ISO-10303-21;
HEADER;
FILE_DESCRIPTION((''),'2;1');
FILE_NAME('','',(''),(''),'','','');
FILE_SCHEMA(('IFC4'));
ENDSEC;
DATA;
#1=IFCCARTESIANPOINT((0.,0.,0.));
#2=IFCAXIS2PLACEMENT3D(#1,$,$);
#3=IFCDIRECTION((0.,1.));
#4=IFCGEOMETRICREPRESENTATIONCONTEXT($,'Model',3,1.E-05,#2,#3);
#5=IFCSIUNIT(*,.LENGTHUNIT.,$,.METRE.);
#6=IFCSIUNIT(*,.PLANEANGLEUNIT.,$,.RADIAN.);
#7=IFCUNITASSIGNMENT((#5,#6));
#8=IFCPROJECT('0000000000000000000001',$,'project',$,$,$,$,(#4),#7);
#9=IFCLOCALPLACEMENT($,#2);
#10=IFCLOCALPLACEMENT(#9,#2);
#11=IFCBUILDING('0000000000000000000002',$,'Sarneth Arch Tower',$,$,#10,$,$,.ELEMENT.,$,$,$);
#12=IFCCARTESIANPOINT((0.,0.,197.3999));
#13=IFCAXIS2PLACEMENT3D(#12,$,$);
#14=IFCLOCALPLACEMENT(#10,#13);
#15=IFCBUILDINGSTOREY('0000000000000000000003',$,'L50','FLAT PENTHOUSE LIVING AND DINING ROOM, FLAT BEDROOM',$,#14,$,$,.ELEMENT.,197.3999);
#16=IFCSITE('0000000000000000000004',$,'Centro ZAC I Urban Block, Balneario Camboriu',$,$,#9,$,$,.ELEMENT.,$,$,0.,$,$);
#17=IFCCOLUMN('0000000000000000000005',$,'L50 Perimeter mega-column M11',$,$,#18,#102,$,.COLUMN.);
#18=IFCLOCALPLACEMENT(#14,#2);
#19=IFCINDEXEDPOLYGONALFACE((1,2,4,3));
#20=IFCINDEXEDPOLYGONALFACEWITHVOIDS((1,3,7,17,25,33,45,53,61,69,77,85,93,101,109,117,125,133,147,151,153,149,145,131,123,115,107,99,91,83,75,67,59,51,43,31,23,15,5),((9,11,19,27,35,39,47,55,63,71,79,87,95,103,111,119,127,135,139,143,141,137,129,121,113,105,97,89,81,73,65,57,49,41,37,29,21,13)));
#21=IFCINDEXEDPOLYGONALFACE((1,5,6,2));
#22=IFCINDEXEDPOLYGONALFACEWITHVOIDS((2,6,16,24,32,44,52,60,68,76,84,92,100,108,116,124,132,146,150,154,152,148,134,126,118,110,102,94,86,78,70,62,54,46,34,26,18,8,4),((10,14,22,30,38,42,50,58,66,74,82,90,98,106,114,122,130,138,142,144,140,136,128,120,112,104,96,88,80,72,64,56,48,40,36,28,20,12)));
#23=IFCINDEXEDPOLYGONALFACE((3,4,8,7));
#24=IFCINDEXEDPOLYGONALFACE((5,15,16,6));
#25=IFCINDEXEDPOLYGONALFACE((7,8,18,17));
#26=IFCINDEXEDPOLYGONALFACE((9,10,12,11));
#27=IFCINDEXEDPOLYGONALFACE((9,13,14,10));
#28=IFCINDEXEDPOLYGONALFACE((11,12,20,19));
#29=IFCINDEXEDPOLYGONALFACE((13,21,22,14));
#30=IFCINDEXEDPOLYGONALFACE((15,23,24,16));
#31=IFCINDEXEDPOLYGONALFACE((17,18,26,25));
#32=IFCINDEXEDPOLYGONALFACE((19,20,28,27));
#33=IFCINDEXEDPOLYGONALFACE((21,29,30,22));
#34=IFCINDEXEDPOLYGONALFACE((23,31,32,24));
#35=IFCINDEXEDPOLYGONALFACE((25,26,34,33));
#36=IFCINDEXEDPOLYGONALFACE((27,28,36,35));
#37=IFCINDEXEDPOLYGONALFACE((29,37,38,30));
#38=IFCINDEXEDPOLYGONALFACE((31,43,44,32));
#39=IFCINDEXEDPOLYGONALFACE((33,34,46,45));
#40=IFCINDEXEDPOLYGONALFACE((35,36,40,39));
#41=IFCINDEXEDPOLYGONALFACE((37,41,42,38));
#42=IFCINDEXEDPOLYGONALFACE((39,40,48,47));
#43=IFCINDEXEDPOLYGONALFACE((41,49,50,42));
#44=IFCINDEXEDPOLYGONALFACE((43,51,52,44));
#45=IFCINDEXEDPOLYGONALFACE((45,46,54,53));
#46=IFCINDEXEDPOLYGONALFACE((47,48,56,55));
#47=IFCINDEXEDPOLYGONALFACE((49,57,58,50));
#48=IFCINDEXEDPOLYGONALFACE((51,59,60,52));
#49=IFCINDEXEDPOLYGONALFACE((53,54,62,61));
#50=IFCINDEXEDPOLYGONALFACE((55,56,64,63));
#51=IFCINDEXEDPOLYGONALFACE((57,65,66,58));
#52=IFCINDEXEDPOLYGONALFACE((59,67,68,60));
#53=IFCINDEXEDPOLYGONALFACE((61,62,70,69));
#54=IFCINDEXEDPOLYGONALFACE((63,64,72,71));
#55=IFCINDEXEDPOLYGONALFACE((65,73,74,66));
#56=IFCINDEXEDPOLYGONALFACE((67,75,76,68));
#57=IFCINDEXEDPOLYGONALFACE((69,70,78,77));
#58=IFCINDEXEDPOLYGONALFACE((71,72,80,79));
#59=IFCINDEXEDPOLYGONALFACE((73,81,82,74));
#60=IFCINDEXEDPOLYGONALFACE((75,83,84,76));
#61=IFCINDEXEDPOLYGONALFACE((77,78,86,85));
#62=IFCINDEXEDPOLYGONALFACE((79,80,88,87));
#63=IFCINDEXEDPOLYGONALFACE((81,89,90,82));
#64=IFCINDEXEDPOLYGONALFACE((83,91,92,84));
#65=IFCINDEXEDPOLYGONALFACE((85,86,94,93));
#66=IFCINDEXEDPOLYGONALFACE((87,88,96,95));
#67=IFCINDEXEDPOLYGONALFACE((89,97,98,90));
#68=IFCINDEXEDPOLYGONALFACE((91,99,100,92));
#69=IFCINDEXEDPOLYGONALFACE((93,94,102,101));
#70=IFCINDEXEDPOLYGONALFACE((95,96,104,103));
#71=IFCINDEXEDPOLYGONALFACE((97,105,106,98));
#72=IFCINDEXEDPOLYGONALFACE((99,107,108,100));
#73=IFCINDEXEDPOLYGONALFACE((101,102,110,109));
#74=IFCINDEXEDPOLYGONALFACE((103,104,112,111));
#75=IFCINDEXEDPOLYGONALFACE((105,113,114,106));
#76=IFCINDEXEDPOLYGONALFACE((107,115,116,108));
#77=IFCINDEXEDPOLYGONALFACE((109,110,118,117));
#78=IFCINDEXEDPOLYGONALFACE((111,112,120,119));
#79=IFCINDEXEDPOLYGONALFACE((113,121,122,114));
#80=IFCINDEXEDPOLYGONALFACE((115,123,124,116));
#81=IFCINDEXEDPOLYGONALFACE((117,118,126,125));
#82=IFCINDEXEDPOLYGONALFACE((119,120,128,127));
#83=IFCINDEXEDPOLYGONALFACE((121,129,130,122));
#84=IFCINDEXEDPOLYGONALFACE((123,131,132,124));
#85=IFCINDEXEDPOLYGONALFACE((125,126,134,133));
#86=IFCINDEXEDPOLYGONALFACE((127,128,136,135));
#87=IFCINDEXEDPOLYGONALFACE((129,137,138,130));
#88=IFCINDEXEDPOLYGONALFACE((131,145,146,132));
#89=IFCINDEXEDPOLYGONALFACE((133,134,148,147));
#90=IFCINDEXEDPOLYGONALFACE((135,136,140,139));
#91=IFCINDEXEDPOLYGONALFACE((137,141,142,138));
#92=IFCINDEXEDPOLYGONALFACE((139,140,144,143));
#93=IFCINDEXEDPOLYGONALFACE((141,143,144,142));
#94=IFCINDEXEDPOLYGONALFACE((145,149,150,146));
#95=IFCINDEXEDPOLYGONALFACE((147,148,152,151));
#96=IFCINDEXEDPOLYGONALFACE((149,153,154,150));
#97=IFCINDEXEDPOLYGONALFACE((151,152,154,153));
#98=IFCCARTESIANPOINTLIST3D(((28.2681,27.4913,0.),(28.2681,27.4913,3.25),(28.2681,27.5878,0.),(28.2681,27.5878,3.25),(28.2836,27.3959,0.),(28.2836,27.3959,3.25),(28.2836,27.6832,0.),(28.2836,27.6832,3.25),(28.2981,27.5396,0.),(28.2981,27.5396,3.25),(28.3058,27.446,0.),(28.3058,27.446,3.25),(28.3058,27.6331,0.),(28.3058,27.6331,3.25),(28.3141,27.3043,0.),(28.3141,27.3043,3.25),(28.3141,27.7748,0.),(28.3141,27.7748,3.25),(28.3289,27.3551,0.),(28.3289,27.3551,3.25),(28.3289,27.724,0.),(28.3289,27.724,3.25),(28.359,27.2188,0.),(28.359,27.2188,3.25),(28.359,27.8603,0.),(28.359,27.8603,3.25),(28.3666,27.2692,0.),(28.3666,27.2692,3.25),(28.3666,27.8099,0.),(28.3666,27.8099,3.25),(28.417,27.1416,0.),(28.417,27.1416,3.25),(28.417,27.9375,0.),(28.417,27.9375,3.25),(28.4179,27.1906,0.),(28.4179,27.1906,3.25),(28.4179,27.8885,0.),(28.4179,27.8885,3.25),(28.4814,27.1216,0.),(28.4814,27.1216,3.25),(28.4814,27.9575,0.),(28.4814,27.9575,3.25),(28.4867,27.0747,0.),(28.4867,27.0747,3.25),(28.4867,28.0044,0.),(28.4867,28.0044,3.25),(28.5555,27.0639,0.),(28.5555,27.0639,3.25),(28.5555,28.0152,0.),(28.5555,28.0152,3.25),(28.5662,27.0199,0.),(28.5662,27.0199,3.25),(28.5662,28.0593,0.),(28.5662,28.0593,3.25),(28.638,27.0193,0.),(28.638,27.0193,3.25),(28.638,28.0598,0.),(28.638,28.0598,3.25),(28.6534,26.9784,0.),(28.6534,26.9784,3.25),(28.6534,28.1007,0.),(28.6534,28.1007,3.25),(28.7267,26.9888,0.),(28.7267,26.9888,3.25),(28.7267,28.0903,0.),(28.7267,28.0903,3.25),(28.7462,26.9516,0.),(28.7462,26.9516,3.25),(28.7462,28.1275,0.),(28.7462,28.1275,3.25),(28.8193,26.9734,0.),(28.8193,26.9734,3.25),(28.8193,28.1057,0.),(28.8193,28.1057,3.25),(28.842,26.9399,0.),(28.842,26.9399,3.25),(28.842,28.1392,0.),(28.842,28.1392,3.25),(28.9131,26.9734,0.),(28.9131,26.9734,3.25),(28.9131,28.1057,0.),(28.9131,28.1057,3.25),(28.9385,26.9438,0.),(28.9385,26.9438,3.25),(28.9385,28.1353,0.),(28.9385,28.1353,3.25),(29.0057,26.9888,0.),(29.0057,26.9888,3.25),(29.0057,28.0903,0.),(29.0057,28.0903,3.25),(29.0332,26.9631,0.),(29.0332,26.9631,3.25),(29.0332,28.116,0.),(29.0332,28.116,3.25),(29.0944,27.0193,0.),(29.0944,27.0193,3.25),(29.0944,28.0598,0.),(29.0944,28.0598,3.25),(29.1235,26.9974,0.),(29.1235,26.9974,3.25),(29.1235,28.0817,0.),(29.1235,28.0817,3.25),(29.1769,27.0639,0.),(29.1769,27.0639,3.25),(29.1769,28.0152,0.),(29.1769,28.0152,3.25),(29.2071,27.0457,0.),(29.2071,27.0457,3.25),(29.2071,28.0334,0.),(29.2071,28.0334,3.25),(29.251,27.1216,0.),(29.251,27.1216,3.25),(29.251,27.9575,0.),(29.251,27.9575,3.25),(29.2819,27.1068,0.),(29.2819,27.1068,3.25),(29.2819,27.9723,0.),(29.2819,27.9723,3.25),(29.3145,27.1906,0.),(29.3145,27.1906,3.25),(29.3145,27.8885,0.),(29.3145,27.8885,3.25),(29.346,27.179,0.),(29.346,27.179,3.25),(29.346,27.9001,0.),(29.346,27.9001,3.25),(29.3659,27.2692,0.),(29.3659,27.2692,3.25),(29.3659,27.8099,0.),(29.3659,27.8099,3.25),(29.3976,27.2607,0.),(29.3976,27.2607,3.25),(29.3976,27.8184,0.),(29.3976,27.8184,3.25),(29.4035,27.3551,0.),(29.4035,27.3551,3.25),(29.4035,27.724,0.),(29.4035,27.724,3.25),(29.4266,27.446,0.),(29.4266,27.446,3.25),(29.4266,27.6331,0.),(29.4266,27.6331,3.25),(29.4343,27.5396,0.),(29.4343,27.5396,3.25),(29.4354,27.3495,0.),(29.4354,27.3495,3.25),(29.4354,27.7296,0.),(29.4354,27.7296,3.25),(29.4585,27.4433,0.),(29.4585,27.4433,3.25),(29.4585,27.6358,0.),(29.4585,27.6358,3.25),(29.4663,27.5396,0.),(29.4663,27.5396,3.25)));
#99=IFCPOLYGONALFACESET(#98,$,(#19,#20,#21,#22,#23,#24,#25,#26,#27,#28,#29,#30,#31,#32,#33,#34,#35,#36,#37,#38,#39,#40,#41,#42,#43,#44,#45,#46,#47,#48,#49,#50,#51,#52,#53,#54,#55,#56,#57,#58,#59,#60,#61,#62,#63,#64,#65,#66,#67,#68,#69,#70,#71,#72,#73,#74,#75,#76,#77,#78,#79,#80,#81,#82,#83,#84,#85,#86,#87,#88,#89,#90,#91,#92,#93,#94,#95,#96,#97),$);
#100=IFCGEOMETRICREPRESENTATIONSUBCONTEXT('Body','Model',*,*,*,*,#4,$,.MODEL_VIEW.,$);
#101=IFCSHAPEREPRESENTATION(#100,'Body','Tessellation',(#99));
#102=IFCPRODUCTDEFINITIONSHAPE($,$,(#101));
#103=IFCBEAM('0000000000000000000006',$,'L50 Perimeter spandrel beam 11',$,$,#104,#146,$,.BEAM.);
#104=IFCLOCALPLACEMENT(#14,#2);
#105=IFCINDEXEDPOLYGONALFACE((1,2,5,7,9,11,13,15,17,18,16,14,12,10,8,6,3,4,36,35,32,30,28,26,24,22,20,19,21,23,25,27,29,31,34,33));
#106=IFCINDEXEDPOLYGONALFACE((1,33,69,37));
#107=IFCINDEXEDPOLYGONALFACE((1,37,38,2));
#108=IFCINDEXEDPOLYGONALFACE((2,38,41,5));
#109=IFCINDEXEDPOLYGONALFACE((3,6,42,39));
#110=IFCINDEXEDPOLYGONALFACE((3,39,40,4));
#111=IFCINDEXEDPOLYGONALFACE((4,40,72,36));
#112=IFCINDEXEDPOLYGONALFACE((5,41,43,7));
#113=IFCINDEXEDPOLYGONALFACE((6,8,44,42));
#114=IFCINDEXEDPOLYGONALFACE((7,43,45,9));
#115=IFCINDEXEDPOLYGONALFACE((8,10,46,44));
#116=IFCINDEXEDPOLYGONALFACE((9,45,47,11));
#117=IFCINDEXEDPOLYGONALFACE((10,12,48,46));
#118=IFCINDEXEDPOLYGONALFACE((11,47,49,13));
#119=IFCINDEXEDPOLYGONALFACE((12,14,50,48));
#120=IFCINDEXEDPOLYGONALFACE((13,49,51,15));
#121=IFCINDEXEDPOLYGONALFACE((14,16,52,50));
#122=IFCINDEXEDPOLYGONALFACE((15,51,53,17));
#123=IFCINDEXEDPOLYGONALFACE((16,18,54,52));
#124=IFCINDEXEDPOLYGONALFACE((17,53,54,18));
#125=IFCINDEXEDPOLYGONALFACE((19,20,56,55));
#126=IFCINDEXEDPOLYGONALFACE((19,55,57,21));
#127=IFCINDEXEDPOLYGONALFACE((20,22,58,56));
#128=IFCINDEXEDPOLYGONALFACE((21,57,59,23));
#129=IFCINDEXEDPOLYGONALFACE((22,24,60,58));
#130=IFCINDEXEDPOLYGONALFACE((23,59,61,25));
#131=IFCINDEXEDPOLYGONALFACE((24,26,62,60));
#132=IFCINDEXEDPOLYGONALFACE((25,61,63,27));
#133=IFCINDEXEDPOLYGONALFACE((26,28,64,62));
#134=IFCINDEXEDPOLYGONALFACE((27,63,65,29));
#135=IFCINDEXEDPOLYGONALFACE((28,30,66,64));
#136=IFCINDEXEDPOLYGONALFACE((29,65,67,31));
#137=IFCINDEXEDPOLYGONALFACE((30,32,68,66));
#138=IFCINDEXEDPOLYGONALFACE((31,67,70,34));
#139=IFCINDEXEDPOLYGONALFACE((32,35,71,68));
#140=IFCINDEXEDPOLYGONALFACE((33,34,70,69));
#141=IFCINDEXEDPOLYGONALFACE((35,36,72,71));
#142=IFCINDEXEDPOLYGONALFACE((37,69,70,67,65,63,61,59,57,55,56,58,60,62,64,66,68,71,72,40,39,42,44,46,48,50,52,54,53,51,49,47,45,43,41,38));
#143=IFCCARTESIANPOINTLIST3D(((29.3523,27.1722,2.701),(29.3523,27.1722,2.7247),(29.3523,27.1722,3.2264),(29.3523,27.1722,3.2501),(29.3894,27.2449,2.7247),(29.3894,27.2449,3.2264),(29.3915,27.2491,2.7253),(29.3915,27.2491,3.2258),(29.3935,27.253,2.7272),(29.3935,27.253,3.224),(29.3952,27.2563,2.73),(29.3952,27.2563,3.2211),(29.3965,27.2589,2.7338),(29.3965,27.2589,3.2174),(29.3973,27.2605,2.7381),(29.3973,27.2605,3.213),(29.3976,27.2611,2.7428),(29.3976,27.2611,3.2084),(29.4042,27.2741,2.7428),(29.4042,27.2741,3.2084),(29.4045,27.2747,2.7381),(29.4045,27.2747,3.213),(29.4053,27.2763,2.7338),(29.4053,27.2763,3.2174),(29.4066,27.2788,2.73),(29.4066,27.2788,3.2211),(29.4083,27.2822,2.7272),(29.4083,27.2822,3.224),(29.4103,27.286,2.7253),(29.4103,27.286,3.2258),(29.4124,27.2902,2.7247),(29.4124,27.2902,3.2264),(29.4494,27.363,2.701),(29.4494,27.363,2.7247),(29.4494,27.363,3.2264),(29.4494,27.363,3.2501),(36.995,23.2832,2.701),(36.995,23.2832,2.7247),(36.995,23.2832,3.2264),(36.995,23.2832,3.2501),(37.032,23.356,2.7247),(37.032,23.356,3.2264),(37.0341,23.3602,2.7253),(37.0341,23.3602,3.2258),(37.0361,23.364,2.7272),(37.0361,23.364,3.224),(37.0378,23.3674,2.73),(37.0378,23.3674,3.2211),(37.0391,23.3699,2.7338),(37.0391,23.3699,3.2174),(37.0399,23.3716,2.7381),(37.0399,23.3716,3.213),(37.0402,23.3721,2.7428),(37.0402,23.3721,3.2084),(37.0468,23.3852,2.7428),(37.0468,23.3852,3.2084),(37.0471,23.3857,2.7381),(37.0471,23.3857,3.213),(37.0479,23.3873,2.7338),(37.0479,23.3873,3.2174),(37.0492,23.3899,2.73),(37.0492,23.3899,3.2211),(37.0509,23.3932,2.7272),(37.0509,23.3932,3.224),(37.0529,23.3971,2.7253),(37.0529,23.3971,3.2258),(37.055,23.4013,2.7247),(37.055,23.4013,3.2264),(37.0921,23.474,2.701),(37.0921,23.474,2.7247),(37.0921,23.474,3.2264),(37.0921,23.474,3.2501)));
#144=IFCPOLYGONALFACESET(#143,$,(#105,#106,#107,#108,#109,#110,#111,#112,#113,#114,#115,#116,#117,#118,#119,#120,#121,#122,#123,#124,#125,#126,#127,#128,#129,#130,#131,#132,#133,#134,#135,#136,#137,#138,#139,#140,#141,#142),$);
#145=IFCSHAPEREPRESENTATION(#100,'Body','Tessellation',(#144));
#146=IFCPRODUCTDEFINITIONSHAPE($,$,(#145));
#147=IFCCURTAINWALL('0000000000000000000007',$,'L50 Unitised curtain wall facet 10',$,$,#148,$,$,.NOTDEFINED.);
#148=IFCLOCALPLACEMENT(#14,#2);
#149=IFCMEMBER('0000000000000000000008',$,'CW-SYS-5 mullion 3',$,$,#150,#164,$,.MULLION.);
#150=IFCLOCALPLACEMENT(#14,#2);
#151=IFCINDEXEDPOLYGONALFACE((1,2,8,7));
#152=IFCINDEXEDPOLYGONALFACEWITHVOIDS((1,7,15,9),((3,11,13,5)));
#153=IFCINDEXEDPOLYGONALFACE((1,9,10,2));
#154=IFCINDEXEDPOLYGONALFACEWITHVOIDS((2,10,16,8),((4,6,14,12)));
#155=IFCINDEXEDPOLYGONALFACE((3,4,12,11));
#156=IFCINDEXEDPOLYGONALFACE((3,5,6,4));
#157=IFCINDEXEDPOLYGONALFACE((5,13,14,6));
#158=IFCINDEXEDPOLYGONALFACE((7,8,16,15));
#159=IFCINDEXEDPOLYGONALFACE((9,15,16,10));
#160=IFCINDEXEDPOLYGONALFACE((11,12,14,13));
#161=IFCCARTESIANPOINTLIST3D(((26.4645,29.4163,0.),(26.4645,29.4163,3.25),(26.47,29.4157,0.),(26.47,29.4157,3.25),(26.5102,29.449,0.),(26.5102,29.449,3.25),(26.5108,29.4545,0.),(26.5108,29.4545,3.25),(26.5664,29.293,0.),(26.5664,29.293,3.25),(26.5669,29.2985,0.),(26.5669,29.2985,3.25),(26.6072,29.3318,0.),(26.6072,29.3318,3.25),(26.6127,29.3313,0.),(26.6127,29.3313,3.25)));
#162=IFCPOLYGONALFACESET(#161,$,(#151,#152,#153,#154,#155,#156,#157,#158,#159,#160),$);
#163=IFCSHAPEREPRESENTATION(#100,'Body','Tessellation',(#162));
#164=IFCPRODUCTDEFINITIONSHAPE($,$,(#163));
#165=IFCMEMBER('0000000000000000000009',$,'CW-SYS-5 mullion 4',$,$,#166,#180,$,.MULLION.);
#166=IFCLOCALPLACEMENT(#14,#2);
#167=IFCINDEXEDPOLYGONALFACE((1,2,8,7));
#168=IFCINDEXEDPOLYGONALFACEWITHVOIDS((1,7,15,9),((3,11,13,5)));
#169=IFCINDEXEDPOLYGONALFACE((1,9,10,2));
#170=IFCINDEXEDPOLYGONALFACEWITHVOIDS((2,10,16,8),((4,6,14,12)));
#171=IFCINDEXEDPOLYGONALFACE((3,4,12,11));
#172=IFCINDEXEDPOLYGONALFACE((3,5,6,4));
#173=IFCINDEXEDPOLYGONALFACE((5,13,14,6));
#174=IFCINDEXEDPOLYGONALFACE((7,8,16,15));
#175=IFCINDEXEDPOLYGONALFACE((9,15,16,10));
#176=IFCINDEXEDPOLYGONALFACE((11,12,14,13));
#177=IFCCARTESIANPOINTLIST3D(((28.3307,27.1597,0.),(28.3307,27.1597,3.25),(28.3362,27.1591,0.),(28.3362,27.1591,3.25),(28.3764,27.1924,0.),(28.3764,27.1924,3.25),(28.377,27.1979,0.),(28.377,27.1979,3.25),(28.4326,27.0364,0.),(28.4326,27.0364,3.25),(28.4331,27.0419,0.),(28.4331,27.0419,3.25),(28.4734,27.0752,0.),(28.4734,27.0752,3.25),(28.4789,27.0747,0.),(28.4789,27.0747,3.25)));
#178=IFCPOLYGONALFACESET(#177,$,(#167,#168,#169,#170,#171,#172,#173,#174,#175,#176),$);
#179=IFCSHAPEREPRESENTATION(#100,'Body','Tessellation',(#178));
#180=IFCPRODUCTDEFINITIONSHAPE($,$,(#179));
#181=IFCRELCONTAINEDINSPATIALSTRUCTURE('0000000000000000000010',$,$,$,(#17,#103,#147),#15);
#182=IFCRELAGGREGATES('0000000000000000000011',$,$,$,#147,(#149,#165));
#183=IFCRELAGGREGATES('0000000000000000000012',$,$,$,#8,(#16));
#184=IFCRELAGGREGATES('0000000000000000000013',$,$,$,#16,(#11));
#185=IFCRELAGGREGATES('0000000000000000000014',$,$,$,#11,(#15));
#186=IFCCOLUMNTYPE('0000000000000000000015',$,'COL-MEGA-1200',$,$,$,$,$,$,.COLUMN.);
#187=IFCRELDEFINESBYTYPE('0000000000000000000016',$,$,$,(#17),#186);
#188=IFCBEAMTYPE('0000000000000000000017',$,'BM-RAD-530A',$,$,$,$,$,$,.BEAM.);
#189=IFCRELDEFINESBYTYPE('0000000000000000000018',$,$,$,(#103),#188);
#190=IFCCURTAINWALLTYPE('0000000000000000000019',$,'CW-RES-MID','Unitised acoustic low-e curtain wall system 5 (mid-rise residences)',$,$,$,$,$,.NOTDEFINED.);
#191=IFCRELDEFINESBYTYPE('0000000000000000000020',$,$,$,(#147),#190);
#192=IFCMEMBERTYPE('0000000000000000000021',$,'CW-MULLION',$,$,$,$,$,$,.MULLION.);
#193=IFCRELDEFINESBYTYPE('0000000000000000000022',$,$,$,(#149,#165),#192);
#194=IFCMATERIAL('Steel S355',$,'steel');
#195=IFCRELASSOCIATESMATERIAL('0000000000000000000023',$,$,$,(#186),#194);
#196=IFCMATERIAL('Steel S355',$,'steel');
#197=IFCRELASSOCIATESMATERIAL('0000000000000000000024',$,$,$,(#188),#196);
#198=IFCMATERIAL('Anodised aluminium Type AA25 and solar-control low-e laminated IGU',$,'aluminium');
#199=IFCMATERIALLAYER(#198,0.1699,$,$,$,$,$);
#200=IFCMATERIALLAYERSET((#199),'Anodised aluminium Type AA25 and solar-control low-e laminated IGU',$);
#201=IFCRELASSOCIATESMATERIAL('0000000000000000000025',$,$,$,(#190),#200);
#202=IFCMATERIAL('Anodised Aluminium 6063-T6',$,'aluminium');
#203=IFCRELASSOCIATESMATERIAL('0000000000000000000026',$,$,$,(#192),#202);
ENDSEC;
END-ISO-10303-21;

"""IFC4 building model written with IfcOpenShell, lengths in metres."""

from ifc_helpers import new_model, si_unit, direction, frame, origin, origin_2d, place, context, subcontext, project, spatial, hollow_rectangle, hollow_circle, i_section, extrude, material, layer, layer_set, material_profile, profile_set, type_object, element, aggregate, save


model = new_model("IFC4")

# Units and contexts
model_context = context("Model", 3, precision=1e-05, world=origin(), true_north=direction((0.0, 1.0)))
body_context = subcontext(model_context, "Body", "Model", "MODEL_VIEW")
ifc_project = project(units=[si_unit("LENGTHUNIT", "METRE"), si_unit("PLANEANGLEUNIT", "RADIAN")], contexts=[model_context])

# Site, building, storey
site_placement = place(None, origin())
site = spatial("IfcSite", under=ifc_project, at=site_placement, Name="Centro ZAC I Urban Block, Balneario Camboriu", CompositionType="ELEMENT", RefElevation=0.0)
building_placement = place(site_placement, origin())
building = spatial("IfcBuilding", under=site, at=building_placement, Name="Sarneth Arch Tower", CompositionType="ELEMENT")
storey_placement = place(building_placement, frame((0.0, 0.0, 197.3999)))
storey = spatial("IfcBuildingStorey", under=building, at=storey_placement, Name="L50", Description="FLAT PENTHOUSE LIVING AND DINING ROOM, FLAT BEDROOM", CompositionType="ELEMENT", Elevation=197.3999)

# Column
ifc_material_1 = material(Name="Steel S355", Category="steel")
ifc_material_profile_1 = material_profile(ifc_material_1, hollow_circle(Radius=0.6001, WallThickness=0.032, at=origin_2d()), Name="CHS1200x32")
ifc_profile_set_1 = profile_set([ifc_material_profile_1], Name="Steel S355")
column_type = type_object("IfcColumnType", Name="COL-MEGA-1200", PredefinedType="COLUMN", material=ifc_profile_set_1)
column_placement = place(storey_placement, frame((28.8662, 27.5396, 0.0), z_axis=(0.0, 0.0, 1.0), x_axis=(1.0, 0.0, 0.0)))
element("IfcColumn", 1, at=column_placement, inside=storey, type_object=column_type, Name="L50 Perimeter mega-column M11", PredefinedType="COLUMN", context=body_context, shape_type="SweptSolid", body=[
    extrude(hollow_circle(Radius=0.6001, WallThickness=0.032, at=origin_2d()), origin(), (0.0, 0.0, 1.0), 3.25),
])

# Beam
ifc_material_2 = material(Name="Steel S355", Category="steel")
ifc_material_profile_2 = material_profile(ifc_material_2, i_section(OverallWidth=0.2141, OverallDepth=0.5491, WebThickness=0.0146, FlangeThickness=0.0237, FilletRadius=0.0181, at=origin_2d()), Name="W530x138")
ifc_profile_set_2 = profile_set([ifc_material_profile_2], Name="Steel S355")
beam_type = type_object("IfcBeamType", Name="BM-RAD-530A", PredefinedType="BEAM", material=ifc_profile_set_2)
beam_placement = place(storey_placement, frame((29.4009, 27.2676, 2.9756), z_axis=(0.89125, -0.453512, 0.0), x_axis=(0.453512, 0.89125, 0.0)))
element("IfcBeam", 2, at=beam_placement, inside=storey, type_object=beam_type, Name="L50 Perimeter spandrel beam 11", PredefinedType="BEAM", context=body_context, shape_type="SweptSolid", body=[
    extrude(i_section(OverallWidth=0.2141, OverallDepth=0.5491, WebThickness=0.0146, FlangeThickness=0.0237, FilletRadius=0.0181, at=origin_2d()), origin(), (0.0, 0.0, 1.0), 8.5752),
])

# Curtain wall, members
ifc_material_3 = material(Name="Anodised aluminium Type AA25 and solar-control low-e laminated IGU", Category="aluminium")
ifc_layer_1 = layer(ifc_material_3, 0.1699)
ifc_layer_set_1 = layer_set([ifc_layer_1], Name="Anodised aluminium Type AA25 and solar-control low-e laminated IGU")
curtain_wall_type = type_object("IfcCurtainWallType", Name="CW-RES-MID", Description="Unitised acoustic low-e curtain wall system 5 (mid-rise residences)", PredefinedType="NOTDEFINED", material=ifc_layer_set_1)
curtain_wall_placement = place(storey_placement, origin())
curtain_wall = element("IfcCurtainWall", 3, at=curtain_wall_placement, inside=storey, type_object=curtain_wall_type, Name="L50 Unitised curtain wall facet 10", PredefinedType="NOTDEFINED")
ifc_material_4 = material(Name="Anodised Aluminium 6063-T6", Category="aluminium")
ifc_material_profile_3 = material_profile(ifc_material_4, hollow_rectangle(XDim=0.0601, YDim=0.1599, WallThickness=0.0039, at=origin_2d()), Name="AL-MULL-160x60x4")
ifc_profile_set_3 = profile_set([ifc_material_profile_3], Name="Anodised Aluminium 6063-T6")
member_type_1 = type_object("IfcMemberType", Name="CW-MULLION", PredefinedType="MULLION", material=ifc_profile_set_3)
member_1_placement = place(storey_placement, frame((26.5386, 29.3738, 0.0), z_axis=(0.0, 0.0, 1.0), x_axis=(0.770591, 0.63733, 0.0)))
member_1 = element("IfcMember", 4, at=member_1_placement, type_object=member_type_1, Name="CW-SYS-5 mullion 3", PredefinedType="MULLION", context=body_context, shape_type="SweptSolid", body=[
    extrude(hollow_rectangle(XDim=0.0601, YDim=0.1599, WallThickness=0.0039, at=origin_2d()), origin(), (0.0, 0.0, 1.0), 3.25),
])
member_2_placement = place(storey_placement, frame((28.4048, 27.1172, 0.0), z_axis=(0.0, 0.0, 1.0), x_axis=(0.770591, 0.63733, 0.0)))
member_2 = element("IfcMember", 5, at=member_2_placement, type_object=member_type_1, Name="CW-SYS-5 mullion 4", PredefinedType="MULLION", context=body_context, shape_type="SweptSolid", body=[
    extrude(hollow_rectangle(XDim=0.0601, YDim=0.1599, WallThickness=0.0039, at=origin_2d()), origin(), (0.0, 0.0, 1.0), 3.25),
])
aggregate(curtain_wall, [member_1, member_2])

save(model, "model.ifc")
